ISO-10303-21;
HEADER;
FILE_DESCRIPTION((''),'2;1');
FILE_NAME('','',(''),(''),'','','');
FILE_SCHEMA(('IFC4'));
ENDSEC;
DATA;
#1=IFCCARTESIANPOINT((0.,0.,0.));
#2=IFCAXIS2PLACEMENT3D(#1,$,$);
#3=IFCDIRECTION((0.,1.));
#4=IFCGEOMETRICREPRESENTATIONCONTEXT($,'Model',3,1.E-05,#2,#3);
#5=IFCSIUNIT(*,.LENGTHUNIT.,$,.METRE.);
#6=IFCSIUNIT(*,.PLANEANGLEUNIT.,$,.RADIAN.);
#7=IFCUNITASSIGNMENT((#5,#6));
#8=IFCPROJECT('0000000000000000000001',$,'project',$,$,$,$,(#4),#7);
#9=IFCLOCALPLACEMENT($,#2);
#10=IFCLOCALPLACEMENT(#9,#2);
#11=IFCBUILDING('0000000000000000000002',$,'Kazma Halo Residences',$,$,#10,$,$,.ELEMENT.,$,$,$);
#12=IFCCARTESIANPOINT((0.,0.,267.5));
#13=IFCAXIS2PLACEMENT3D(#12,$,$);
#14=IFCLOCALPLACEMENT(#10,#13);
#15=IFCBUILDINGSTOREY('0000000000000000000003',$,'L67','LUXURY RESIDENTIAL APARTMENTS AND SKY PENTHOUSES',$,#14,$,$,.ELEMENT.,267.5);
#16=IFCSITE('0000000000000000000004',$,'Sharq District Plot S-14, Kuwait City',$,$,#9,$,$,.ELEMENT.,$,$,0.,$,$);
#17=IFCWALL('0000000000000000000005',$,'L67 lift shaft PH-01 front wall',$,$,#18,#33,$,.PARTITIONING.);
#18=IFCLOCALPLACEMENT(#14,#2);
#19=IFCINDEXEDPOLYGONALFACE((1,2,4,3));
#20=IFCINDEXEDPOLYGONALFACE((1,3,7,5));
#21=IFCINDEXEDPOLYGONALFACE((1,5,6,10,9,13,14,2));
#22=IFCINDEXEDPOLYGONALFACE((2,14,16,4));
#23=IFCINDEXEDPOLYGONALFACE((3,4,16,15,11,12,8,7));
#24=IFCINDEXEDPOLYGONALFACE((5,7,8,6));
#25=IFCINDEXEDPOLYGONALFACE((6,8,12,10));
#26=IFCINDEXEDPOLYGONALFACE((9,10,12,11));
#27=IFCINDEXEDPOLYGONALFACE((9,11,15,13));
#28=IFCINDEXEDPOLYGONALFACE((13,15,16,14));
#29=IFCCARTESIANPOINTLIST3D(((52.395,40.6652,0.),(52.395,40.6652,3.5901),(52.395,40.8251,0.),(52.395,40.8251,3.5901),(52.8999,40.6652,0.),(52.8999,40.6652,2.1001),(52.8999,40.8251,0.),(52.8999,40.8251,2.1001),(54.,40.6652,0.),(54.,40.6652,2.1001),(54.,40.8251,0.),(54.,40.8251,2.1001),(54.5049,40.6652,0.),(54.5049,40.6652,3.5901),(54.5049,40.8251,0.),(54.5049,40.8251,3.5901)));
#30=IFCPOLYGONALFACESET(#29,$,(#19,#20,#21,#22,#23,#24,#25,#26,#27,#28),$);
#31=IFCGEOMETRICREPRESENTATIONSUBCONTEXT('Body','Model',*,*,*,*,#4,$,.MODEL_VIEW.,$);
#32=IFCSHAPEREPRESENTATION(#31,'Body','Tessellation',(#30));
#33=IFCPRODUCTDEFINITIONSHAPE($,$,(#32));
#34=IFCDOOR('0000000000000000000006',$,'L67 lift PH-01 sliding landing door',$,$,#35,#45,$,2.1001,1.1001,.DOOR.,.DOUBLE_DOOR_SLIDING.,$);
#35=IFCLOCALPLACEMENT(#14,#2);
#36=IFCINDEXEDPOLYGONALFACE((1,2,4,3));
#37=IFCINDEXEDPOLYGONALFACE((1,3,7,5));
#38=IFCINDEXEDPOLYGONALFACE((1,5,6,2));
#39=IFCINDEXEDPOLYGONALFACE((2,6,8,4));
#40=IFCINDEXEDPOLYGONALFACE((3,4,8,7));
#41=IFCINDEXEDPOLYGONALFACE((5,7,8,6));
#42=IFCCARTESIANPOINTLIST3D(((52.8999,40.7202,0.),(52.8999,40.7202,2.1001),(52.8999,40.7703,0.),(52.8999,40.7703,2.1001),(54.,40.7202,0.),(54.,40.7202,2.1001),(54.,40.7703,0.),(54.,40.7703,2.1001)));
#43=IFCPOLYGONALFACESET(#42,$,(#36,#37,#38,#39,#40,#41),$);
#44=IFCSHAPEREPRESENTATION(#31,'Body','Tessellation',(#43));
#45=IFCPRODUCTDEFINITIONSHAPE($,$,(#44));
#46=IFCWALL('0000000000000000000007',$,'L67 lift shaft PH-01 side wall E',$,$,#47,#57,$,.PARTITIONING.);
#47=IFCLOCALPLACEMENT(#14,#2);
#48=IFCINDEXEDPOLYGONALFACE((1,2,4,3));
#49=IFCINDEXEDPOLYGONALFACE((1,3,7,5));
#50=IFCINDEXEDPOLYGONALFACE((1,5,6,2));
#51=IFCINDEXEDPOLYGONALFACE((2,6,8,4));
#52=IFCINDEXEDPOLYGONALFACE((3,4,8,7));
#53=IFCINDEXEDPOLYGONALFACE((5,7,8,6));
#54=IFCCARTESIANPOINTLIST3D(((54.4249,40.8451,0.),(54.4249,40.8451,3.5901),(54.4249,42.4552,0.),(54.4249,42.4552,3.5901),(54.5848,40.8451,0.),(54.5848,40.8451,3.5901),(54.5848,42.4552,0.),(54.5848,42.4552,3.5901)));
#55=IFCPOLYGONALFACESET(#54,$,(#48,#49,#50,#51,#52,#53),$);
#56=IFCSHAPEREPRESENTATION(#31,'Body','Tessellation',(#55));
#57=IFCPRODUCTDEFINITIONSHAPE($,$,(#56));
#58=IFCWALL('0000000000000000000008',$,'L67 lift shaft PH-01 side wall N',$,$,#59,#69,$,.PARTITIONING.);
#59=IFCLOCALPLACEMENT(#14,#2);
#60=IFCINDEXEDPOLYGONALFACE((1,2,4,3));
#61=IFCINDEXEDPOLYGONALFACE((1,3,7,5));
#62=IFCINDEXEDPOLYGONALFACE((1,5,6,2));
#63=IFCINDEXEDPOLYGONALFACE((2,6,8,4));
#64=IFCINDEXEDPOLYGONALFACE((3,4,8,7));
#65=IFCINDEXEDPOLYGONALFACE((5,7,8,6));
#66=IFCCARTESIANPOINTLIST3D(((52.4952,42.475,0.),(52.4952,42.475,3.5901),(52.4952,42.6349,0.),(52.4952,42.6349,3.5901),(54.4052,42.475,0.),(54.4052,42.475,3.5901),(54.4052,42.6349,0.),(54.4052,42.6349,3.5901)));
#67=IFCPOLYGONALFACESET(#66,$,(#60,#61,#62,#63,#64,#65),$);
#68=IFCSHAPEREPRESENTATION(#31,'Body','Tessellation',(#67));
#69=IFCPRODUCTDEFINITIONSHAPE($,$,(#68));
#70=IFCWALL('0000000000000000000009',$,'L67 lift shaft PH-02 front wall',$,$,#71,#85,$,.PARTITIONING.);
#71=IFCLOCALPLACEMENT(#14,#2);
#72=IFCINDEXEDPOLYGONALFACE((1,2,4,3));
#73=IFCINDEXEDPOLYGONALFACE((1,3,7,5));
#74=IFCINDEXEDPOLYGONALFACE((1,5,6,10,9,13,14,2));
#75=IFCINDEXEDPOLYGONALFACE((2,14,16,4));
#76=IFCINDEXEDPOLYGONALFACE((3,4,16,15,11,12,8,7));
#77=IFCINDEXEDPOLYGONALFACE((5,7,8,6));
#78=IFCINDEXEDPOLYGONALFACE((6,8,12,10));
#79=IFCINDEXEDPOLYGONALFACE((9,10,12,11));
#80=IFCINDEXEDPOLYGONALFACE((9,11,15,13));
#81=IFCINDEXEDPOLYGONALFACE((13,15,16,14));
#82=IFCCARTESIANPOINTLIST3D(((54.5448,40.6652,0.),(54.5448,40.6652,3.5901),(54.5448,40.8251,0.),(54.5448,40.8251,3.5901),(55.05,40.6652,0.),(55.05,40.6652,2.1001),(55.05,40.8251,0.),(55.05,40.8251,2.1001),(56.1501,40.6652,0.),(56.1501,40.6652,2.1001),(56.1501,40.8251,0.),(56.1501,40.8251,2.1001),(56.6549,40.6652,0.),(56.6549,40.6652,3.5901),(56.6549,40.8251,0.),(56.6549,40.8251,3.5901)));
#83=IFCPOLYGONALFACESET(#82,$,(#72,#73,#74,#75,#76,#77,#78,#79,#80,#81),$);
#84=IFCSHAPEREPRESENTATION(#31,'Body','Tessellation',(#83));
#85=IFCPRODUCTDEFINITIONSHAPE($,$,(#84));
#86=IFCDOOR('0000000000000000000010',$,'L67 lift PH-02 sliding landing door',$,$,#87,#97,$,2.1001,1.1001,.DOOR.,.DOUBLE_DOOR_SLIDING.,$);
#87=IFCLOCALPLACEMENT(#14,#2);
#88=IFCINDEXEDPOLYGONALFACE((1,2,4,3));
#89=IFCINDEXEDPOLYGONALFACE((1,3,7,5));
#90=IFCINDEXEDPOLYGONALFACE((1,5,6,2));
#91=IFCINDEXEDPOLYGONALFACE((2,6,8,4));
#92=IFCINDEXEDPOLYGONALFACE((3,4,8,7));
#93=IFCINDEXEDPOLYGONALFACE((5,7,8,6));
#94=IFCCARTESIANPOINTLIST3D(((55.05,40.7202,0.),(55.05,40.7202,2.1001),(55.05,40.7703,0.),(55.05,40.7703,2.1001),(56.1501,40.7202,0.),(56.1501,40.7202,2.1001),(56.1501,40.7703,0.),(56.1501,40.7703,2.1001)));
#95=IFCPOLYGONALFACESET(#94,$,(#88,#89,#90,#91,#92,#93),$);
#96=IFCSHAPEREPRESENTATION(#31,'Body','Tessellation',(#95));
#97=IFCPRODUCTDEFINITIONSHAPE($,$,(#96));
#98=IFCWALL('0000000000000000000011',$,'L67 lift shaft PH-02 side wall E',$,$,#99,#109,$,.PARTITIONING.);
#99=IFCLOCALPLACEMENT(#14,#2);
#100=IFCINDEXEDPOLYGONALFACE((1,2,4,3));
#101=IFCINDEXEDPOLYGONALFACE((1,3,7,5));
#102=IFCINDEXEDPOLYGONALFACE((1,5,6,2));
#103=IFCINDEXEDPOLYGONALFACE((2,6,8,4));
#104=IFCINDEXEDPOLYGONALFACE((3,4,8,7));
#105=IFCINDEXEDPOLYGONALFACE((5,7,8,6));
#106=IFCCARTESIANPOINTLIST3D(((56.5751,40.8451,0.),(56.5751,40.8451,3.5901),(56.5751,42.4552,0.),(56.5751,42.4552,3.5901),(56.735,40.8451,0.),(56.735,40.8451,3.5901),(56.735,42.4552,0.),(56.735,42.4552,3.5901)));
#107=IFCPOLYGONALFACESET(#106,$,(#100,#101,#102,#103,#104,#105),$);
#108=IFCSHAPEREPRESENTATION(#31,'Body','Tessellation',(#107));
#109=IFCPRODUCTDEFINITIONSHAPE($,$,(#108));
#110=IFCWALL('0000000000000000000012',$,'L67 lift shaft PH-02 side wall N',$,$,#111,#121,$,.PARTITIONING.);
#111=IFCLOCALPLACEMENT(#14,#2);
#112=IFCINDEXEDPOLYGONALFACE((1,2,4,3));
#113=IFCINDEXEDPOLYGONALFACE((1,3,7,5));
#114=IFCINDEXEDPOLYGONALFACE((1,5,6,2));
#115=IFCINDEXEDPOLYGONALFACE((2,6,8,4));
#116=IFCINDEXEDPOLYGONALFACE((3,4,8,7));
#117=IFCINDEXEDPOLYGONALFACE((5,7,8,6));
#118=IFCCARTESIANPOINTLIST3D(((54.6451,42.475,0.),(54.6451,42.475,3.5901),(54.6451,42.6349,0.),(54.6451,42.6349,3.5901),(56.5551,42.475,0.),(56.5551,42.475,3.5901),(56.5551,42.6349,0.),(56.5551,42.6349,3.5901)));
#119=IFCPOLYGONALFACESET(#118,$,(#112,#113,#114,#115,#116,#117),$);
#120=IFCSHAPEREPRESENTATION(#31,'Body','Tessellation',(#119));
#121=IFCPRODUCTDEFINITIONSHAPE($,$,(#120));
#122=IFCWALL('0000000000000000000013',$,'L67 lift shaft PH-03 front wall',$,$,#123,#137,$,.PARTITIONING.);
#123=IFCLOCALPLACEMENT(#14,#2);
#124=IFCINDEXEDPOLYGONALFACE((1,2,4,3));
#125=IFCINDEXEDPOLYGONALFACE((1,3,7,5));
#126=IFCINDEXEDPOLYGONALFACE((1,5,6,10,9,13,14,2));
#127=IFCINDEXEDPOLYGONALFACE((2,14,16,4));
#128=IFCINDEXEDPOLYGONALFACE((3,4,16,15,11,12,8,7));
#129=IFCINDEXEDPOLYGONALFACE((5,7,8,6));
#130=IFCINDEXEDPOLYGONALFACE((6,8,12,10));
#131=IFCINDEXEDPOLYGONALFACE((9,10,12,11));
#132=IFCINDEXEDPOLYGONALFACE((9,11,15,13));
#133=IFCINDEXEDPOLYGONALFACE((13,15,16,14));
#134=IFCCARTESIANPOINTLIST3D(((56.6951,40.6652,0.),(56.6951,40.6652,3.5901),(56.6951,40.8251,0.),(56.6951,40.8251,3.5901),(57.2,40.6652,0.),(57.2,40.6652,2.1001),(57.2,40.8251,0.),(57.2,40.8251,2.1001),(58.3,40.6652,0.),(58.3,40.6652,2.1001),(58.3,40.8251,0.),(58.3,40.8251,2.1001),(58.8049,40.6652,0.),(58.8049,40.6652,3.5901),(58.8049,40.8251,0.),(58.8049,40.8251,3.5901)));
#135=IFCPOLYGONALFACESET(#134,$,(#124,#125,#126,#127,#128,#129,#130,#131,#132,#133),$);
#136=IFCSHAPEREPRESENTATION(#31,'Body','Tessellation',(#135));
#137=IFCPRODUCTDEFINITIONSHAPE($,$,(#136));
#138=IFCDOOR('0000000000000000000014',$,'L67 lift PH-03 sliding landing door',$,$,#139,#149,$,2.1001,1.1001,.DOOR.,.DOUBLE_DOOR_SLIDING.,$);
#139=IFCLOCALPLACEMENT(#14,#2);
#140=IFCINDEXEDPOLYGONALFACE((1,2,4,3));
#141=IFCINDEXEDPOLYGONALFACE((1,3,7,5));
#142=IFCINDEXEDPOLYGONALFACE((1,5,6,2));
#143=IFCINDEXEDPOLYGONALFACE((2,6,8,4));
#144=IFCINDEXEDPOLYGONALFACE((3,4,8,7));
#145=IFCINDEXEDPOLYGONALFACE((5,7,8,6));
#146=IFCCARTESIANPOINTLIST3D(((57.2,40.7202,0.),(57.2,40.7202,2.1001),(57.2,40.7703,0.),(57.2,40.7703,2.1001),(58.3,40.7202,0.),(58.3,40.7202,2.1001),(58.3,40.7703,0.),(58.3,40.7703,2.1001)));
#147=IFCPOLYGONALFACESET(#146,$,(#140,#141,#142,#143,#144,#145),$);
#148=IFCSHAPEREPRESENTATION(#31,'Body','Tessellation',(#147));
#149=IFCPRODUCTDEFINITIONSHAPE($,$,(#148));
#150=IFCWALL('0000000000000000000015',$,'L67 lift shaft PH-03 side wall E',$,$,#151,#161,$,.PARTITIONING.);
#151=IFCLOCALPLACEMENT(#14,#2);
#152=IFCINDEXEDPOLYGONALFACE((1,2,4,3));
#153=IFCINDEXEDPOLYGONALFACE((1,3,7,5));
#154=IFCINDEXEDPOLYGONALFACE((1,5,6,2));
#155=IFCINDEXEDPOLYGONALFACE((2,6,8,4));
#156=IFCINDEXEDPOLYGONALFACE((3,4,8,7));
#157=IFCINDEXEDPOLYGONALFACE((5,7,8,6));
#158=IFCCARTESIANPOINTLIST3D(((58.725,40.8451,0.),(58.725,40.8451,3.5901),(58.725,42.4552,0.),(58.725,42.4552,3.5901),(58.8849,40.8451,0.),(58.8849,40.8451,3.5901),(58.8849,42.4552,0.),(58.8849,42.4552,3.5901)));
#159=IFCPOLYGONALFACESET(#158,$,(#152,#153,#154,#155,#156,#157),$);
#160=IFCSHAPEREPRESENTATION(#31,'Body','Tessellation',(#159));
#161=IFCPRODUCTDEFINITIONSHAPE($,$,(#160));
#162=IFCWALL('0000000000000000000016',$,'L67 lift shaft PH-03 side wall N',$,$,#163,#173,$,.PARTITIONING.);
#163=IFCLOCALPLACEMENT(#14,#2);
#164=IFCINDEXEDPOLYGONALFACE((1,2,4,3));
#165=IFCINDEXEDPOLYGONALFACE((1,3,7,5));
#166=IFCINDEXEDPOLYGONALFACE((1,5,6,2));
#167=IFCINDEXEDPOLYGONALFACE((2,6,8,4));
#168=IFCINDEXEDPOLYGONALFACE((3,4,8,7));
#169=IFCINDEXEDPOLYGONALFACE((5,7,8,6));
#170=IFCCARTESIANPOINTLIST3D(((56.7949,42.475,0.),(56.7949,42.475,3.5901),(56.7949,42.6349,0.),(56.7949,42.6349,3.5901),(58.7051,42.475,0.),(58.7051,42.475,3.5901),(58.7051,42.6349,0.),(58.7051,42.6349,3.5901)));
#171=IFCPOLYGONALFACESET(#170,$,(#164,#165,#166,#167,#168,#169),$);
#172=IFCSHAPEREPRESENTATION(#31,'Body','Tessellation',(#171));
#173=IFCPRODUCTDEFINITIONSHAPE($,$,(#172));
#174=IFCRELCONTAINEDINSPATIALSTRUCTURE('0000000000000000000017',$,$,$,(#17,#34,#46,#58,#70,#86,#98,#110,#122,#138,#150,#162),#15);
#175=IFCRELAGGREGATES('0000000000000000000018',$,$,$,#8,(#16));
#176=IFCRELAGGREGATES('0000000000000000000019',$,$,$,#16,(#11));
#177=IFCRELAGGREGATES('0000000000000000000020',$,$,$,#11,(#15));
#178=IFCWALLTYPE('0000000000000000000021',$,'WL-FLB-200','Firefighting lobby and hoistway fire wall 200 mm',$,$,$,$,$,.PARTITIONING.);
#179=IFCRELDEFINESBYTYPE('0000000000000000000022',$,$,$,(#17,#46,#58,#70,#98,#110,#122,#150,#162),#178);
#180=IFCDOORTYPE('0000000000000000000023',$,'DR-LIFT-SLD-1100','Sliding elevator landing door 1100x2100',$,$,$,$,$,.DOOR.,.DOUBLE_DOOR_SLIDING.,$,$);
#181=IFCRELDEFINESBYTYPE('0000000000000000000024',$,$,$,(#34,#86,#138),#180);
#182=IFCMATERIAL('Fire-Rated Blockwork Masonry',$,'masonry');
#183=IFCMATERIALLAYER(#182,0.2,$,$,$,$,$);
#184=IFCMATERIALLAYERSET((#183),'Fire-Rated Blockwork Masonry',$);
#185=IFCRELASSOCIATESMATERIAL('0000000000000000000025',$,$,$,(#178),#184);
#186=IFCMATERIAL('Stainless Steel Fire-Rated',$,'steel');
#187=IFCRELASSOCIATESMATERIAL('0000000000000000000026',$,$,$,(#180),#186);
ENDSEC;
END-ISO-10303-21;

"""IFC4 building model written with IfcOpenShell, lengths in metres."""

from ifc_helpers import new_model, si_unit, direction, frame, frame_2d, origin, place, context, subcontext, project, spatial, rectangle, extrude, material, layer, layer_set, type_object, element, fill, save


model = new_model("IFC4")

# Units and contexts
model_context = context("Model", 3, precision=1e-05, world=origin(), true_north=direction((0.0, 1.0)))
body_context = subcontext(model_context, "Body", "Model", "MODEL_VIEW")
ifc_project = project(units=[si_unit("LENGTHUNIT", "METRE"), si_unit("PLANEANGLEUNIT", "RADIAN")], contexts=[model_context])

# Site, building, storey
site_placement = place(None, origin())
site = spatial("IfcSite", under=ifc_project, at=site_placement, Name="Sharq District Plot S-14, Kuwait City", CompositionType="ELEMENT", RefElevation=0.0)
building_placement = place(site_placement, origin())
building = spatial("IfcBuilding", under=site, at=building_placement, Name="Kazma Halo Residences", CompositionType="ELEMENT")
storey_placement = place(building_placement, frame((0.0, 0.0, 267.5)))
storey = spatial("IfcBuildingStorey", under=building, at=storey_placement, Name="L67", Description="LUXURY RESIDENTIAL APARTMENTS AND SKY PENTHOUSES", CompositionType="ELEMENT", Elevation=267.5)

# Wall, opening, door
ifc_material_1 = material(Name="Fire-Rated Blockwork Masonry", Category="masonry")
ifc_layer_1 = layer(ifc_material_1, 0.2)
ifc_layer_set_1 = layer_set([ifc_layer_1], Name="Fire-Rated Blockwork Masonry")
wall_type_1 = type_object("IfcWallType", Name="WL-FLB-200", Description="Firefighting lobby and hoistway fire wall 200 mm", PredefinedType="PARTITIONING", material=ifc_layer_set_1)
wall_1_placement = place(storey_placement, frame((54.5049, 40.7451, 0.0), z_axis=(0.0, 0.0, 1.0), x_axis=(-1.0, 0.0, 0.0)))
wall_1 = element("IfcWall", 1, at=wall_1_placement, inside=storey, type_object=wall_type_1, Name="L67 lift shaft PH-01 front wall", PredefinedType="PARTITIONING", context=body_context, shape_type="SweptSolid", body=[
    extrude(rectangle(XDim=2.1099, YDim=0.1599, at=frame_2d((1.0549, 0.0))), origin(), (0.0, 0.0, 1.0), 3.5901),
])
opening_1_placement = place(wall_1_placement, frame((0.5049, 0.0, 0.0)))
opening_1 = element("IfcOpeningElement", 2, at=opening_1_placement, cuts=wall_1, PredefinedType="OPENING", context=body_context, shape_type="SweptSolid", body=[
    extrude(rectangle(XDim=1.1001, YDim=2.1001, at=frame_2d((0.55, 1.05))), frame((0.0, 0.0898, 0.0), z_axis=(0.0, -1.0, 0.0), x_axis=(1.0, 0.0, 0.0)), (0.0, 0.0, 1.0), 0.1799),
])
ifc_material_2 = material(Name="Stainless Steel Fire-Rated", Category="steel")
door_type_1 = type_object("IfcDoorType", Name="DR-LIFT-SLD-1100", Description="Sliding elevator landing door 1100x2100", OperationType="DOUBLE_DOOR_SLIDING", PredefinedType="DOOR", material=ifc_material_2)
door_1_placement = place(opening_1_placement, origin())
door_1 = element("IfcDoor", 3, at=door_1_placement, inside=storey, type_object=door_type_1, Name="L67 lift PH-01 sliding landing door", OperationType="DOUBLE_DOOR_SLIDING", OverallHeight=2.1001, OverallWidth=1.1001, PredefinedType="DOOR", context=body_context, shape_type="SweptSolid", body=[
    extrude(rectangle(XDim=1.1001, YDim=2.1001, at=frame_2d((0.55, 1.05))), frame((0.0, 0.0249, 0.0), z_axis=(0.0, -1.0, 0.0), x_axis=(1.0, 0.0, 0.0)), (0.0, 0.0, 1.0), 0.05),
])
fill(opening_1, door_1)

# Walls
wall_2_placement = place(storey_placement, frame((54.5049, 40.845, 0.0), z_axis=(0.0, 0.0, 1.0), x_axis=(0.0, 1.0, 0.0)))
element("IfcWall", 4, at=wall_2_placement, inside=storey, type_object=wall_type_1, Name="L67 lift shaft PH-01 side wall E", PredefinedType="PARTITIONING", context=body_context, shape_type="SweptSolid", body=[
    extrude(rectangle(XDim=1.6101, YDim=0.1599, at=frame_2d((0.8052, 0.0))), origin(), (0.0, 0.0, 1.0), 3.5901),
])
wall_3_placement = place(storey_placement, frame((52.4951, 42.5549, 0.0), z_axis=(0.0, 0.0, 1.0), x_axis=(1.0, 0.0, 0.0)))
element("IfcWall", 5, at=wall_3_placement, inside=storey, type_object=wall_type_1, Name="L67 lift shaft PH-01 side wall N", PredefinedType="PARTITIONING", context=body_context, shape_type="SweptSolid", body=[
    extrude(rectangle(XDim=1.9099, YDim=0.1599, at=frame_2d((0.9551, 0.0))), origin(), (0.0, 0.0, 1.0), 3.5901),
])

# Wall, opening, door
wall_4_placement = place(storey_placement, frame((56.655, 40.7451, 0.0), z_axis=(0.0, 0.0, 1.0), x_axis=(-1.0, 0.0, 0.0)))
wall_4 = element("IfcWall", 6, at=wall_4_placement, inside=storey, type_object=wall_type_1, Name="L67 lift shaft PH-02 front wall", PredefinedType="PARTITIONING", context=body_context, shape_type="SweptSolid", body=[
    extrude(rectangle(XDim=2.1101, YDim=0.1599, at=frame_2d((1.0552, 0.0))), origin(), (0.0, 0.0, 1.0), 3.5901),
])
opening_2_placement = place(wall_4_placement, frame((0.5049, 0.0, 0.0)))
opening_2 = element("IfcOpeningElement", 7, at=opening_2_placement, cuts=wall_4, PredefinedType="OPENING", context=body_context, shape_type="SweptSolid", body=[
    extrude(rectangle(XDim=1.1001, YDim=2.1001, at=frame_2d((0.55, 1.05))), frame((0.0, 0.0898, 0.0), z_axis=(0.0, -1.0, 0.0), x_axis=(1.0, 0.0, 0.0)), (0.0, 0.0, 1.0), 0.1799),
])
door_2_placement = place(opening_2_placement, origin())
door_2 = element("IfcDoor", 8, at=door_2_placement, inside=storey, type_object=door_type_1, Name="L67 lift PH-02 sliding landing door", OperationType="DOUBLE_DOOR_SLIDING", OverallHeight=2.1001, OverallWidth=1.1001, PredefinedType="DOOR", context=body_context, shape_type="SweptSolid", body=[
    extrude(rectangle(XDim=1.1001, YDim=2.1001, at=frame_2d((0.55, 1.05))), frame((0.0, 0.0249, 0.0), z_axis=(0.0, -1.0, 0.0), x_axis=(1.0, 0.0, 0.0)), (0.0, 0.0, 1.0), 0.05),
])
fill(opening_2, door_2)

# Walls
wall_5_placement = place(storey_placement, frame((56.655, 40.845, 0.0), z_axis=(0.0, 0.0, 1.0), x_axis=(0.0, 1.0, 0.0)))
element("IfcWall", 9, at=wall_5_placement, inside=storey, type_object=wall_type_1, Name="L67 lift shaft PH-02 side wall E", PredefinedType="PARTITIONING", context=body_context, shape_type="SweptSolid", body=[
    extrude(rectangle(XDim=1.6101, YDim=0.1599, at=frame_2d((0.8052, 0.0))), origin(), (0.0, 0.0, 1.0), 3.5901),
])
wall_6_placement = place(storey_placement, frame((54.645, 42.5549, 0.0), z_axis=(0.0, 0.0, 1.0), x_axis=(1.0, 0.0, 0.0)))
element("IfcWall", 10, at=wall_6_placement, inside=storey, type_object=wall_type_1, Name="L67 lift shaft PH-02 side wall N", PredefinedType="PARTITIONING", context=body_context, shape_type="SweptSolid", body=[
    extrude(rectangle(XDim=1.9099, YDim=0.1599, at=frame_2d((0.9551, 0.0))), origin(), (0.0, 0.0, 1.0), 3.5901),
])

# Wall, opening, door
wall_7_placement = place(storey_placement, frame((58.8049, 40.7451, 0.0), z_axis=(0.0, 0.0, 1.0), x_axis=(-1.0, 0.0, 0.0)))
wall_7 = element("IfcWall", 11, at=wall_7_placement, inside=storey, type_object=wall_type_1, Name="L67 lift shaft PH-03 front wall", PredefinedType="PARTITIONING", context=body_context, shape_type="SweptSolid", body=[
    extrude(rectangle(XDim=2.1099, YDim=0.1599, at=frame_2d((1.0549, 0.0))), origin(), (0.0, 0.0, 1.0), 3.5901),
])
opening_3_placement = place(wall_7_placement, frame((0.5049, 0.0, 0.0)))
opening_3 = element("IfcOpeningElement", 12, at=opening_3_placement, cuts=wall_7, PredefinedType="OPENING", context=body_context, shape_type="SweptSolid", body=[
    extrude(rectangle(XDim=1.1001, YDim=2.1001, at=frame_2d((0.55, 1.05))), frame((0.0, 0.0898, 0.0), z_axis=(0.0, -1.0, 0.0), x_axis=(1.0, 0.0, 0.0)), (0.0, 0.0, 1.0), 0.1799),
])
door_3_placement = place(opening_3_placement, origin())
door_3 = element("IfcDoor", 13, at=door_3_placement, inside=storey, type_object=door_type_1, Name="L67 lift PH-03 sliding landing door", OperationType="DOUBLE_DOOR_SLIDING", OverallHeight=2.1001, OverallWidth=1.1001, PredefinedType="DOOR", context=body_context, shape_type="SweptSolid", body=[
    extrude(rectangle(XDim=1.1001, YDim=2.1001, at=frame_2d((0.55, 1.05))), frame((0.0, 0.0249, 0.0), z_axis=(0.0, -1.0, 0.0), x_axis=(1.0, 0.0, 0.0)), (0.0, 0.0, 1.0), 0.05),
])
fill(opening_3, door_3)

# Walls
wall_8_placement = place(storey_placement, frame((58.8049, 40.845, 0.0), z_axis=(0.0, 0.0, 1.0), x_axis=(0.0, 1.0, 0.0)))
element("IfcWall", 14, at=wall_8_placement, inside=storey, type_object=wall_type_1, Name="L67 lift shaft PH-03 side wall E", PredefinedType="PARTITIONING", context=body_context, shape_type="SweptSolid", body=[
    extrude(rectangle(XDim=1.6101, YDim=0.1599, at=frame_2d((0.8052, 0.0))), origin(), (0.0, 0.0, 1.0), 3.5901),
])
wall_9_placement = place(storey_placement, frame((56.7949, 42.5549, 0.0), z_axis=(0.0, 0.0, 1.0), x_axis=(1.0, 0.0, 0.0)))
element("IfcWall", 15, at=wall_9_placement, inside=storey, type_object=wall_type_1, Name="L67 lift shaft PH-03 side wall N", PredefinedType="PARTITIONING", context=body_context, shape_type="SweptSolid", body=[
    extrude(rectangle(XDim=1.9102, YDim=0.1599, at=frame_2d((0.9551, 0.0))), origin(), (0.0, 0.0, 1.0), 3.5901),
])

save(model, "model.ifc")
